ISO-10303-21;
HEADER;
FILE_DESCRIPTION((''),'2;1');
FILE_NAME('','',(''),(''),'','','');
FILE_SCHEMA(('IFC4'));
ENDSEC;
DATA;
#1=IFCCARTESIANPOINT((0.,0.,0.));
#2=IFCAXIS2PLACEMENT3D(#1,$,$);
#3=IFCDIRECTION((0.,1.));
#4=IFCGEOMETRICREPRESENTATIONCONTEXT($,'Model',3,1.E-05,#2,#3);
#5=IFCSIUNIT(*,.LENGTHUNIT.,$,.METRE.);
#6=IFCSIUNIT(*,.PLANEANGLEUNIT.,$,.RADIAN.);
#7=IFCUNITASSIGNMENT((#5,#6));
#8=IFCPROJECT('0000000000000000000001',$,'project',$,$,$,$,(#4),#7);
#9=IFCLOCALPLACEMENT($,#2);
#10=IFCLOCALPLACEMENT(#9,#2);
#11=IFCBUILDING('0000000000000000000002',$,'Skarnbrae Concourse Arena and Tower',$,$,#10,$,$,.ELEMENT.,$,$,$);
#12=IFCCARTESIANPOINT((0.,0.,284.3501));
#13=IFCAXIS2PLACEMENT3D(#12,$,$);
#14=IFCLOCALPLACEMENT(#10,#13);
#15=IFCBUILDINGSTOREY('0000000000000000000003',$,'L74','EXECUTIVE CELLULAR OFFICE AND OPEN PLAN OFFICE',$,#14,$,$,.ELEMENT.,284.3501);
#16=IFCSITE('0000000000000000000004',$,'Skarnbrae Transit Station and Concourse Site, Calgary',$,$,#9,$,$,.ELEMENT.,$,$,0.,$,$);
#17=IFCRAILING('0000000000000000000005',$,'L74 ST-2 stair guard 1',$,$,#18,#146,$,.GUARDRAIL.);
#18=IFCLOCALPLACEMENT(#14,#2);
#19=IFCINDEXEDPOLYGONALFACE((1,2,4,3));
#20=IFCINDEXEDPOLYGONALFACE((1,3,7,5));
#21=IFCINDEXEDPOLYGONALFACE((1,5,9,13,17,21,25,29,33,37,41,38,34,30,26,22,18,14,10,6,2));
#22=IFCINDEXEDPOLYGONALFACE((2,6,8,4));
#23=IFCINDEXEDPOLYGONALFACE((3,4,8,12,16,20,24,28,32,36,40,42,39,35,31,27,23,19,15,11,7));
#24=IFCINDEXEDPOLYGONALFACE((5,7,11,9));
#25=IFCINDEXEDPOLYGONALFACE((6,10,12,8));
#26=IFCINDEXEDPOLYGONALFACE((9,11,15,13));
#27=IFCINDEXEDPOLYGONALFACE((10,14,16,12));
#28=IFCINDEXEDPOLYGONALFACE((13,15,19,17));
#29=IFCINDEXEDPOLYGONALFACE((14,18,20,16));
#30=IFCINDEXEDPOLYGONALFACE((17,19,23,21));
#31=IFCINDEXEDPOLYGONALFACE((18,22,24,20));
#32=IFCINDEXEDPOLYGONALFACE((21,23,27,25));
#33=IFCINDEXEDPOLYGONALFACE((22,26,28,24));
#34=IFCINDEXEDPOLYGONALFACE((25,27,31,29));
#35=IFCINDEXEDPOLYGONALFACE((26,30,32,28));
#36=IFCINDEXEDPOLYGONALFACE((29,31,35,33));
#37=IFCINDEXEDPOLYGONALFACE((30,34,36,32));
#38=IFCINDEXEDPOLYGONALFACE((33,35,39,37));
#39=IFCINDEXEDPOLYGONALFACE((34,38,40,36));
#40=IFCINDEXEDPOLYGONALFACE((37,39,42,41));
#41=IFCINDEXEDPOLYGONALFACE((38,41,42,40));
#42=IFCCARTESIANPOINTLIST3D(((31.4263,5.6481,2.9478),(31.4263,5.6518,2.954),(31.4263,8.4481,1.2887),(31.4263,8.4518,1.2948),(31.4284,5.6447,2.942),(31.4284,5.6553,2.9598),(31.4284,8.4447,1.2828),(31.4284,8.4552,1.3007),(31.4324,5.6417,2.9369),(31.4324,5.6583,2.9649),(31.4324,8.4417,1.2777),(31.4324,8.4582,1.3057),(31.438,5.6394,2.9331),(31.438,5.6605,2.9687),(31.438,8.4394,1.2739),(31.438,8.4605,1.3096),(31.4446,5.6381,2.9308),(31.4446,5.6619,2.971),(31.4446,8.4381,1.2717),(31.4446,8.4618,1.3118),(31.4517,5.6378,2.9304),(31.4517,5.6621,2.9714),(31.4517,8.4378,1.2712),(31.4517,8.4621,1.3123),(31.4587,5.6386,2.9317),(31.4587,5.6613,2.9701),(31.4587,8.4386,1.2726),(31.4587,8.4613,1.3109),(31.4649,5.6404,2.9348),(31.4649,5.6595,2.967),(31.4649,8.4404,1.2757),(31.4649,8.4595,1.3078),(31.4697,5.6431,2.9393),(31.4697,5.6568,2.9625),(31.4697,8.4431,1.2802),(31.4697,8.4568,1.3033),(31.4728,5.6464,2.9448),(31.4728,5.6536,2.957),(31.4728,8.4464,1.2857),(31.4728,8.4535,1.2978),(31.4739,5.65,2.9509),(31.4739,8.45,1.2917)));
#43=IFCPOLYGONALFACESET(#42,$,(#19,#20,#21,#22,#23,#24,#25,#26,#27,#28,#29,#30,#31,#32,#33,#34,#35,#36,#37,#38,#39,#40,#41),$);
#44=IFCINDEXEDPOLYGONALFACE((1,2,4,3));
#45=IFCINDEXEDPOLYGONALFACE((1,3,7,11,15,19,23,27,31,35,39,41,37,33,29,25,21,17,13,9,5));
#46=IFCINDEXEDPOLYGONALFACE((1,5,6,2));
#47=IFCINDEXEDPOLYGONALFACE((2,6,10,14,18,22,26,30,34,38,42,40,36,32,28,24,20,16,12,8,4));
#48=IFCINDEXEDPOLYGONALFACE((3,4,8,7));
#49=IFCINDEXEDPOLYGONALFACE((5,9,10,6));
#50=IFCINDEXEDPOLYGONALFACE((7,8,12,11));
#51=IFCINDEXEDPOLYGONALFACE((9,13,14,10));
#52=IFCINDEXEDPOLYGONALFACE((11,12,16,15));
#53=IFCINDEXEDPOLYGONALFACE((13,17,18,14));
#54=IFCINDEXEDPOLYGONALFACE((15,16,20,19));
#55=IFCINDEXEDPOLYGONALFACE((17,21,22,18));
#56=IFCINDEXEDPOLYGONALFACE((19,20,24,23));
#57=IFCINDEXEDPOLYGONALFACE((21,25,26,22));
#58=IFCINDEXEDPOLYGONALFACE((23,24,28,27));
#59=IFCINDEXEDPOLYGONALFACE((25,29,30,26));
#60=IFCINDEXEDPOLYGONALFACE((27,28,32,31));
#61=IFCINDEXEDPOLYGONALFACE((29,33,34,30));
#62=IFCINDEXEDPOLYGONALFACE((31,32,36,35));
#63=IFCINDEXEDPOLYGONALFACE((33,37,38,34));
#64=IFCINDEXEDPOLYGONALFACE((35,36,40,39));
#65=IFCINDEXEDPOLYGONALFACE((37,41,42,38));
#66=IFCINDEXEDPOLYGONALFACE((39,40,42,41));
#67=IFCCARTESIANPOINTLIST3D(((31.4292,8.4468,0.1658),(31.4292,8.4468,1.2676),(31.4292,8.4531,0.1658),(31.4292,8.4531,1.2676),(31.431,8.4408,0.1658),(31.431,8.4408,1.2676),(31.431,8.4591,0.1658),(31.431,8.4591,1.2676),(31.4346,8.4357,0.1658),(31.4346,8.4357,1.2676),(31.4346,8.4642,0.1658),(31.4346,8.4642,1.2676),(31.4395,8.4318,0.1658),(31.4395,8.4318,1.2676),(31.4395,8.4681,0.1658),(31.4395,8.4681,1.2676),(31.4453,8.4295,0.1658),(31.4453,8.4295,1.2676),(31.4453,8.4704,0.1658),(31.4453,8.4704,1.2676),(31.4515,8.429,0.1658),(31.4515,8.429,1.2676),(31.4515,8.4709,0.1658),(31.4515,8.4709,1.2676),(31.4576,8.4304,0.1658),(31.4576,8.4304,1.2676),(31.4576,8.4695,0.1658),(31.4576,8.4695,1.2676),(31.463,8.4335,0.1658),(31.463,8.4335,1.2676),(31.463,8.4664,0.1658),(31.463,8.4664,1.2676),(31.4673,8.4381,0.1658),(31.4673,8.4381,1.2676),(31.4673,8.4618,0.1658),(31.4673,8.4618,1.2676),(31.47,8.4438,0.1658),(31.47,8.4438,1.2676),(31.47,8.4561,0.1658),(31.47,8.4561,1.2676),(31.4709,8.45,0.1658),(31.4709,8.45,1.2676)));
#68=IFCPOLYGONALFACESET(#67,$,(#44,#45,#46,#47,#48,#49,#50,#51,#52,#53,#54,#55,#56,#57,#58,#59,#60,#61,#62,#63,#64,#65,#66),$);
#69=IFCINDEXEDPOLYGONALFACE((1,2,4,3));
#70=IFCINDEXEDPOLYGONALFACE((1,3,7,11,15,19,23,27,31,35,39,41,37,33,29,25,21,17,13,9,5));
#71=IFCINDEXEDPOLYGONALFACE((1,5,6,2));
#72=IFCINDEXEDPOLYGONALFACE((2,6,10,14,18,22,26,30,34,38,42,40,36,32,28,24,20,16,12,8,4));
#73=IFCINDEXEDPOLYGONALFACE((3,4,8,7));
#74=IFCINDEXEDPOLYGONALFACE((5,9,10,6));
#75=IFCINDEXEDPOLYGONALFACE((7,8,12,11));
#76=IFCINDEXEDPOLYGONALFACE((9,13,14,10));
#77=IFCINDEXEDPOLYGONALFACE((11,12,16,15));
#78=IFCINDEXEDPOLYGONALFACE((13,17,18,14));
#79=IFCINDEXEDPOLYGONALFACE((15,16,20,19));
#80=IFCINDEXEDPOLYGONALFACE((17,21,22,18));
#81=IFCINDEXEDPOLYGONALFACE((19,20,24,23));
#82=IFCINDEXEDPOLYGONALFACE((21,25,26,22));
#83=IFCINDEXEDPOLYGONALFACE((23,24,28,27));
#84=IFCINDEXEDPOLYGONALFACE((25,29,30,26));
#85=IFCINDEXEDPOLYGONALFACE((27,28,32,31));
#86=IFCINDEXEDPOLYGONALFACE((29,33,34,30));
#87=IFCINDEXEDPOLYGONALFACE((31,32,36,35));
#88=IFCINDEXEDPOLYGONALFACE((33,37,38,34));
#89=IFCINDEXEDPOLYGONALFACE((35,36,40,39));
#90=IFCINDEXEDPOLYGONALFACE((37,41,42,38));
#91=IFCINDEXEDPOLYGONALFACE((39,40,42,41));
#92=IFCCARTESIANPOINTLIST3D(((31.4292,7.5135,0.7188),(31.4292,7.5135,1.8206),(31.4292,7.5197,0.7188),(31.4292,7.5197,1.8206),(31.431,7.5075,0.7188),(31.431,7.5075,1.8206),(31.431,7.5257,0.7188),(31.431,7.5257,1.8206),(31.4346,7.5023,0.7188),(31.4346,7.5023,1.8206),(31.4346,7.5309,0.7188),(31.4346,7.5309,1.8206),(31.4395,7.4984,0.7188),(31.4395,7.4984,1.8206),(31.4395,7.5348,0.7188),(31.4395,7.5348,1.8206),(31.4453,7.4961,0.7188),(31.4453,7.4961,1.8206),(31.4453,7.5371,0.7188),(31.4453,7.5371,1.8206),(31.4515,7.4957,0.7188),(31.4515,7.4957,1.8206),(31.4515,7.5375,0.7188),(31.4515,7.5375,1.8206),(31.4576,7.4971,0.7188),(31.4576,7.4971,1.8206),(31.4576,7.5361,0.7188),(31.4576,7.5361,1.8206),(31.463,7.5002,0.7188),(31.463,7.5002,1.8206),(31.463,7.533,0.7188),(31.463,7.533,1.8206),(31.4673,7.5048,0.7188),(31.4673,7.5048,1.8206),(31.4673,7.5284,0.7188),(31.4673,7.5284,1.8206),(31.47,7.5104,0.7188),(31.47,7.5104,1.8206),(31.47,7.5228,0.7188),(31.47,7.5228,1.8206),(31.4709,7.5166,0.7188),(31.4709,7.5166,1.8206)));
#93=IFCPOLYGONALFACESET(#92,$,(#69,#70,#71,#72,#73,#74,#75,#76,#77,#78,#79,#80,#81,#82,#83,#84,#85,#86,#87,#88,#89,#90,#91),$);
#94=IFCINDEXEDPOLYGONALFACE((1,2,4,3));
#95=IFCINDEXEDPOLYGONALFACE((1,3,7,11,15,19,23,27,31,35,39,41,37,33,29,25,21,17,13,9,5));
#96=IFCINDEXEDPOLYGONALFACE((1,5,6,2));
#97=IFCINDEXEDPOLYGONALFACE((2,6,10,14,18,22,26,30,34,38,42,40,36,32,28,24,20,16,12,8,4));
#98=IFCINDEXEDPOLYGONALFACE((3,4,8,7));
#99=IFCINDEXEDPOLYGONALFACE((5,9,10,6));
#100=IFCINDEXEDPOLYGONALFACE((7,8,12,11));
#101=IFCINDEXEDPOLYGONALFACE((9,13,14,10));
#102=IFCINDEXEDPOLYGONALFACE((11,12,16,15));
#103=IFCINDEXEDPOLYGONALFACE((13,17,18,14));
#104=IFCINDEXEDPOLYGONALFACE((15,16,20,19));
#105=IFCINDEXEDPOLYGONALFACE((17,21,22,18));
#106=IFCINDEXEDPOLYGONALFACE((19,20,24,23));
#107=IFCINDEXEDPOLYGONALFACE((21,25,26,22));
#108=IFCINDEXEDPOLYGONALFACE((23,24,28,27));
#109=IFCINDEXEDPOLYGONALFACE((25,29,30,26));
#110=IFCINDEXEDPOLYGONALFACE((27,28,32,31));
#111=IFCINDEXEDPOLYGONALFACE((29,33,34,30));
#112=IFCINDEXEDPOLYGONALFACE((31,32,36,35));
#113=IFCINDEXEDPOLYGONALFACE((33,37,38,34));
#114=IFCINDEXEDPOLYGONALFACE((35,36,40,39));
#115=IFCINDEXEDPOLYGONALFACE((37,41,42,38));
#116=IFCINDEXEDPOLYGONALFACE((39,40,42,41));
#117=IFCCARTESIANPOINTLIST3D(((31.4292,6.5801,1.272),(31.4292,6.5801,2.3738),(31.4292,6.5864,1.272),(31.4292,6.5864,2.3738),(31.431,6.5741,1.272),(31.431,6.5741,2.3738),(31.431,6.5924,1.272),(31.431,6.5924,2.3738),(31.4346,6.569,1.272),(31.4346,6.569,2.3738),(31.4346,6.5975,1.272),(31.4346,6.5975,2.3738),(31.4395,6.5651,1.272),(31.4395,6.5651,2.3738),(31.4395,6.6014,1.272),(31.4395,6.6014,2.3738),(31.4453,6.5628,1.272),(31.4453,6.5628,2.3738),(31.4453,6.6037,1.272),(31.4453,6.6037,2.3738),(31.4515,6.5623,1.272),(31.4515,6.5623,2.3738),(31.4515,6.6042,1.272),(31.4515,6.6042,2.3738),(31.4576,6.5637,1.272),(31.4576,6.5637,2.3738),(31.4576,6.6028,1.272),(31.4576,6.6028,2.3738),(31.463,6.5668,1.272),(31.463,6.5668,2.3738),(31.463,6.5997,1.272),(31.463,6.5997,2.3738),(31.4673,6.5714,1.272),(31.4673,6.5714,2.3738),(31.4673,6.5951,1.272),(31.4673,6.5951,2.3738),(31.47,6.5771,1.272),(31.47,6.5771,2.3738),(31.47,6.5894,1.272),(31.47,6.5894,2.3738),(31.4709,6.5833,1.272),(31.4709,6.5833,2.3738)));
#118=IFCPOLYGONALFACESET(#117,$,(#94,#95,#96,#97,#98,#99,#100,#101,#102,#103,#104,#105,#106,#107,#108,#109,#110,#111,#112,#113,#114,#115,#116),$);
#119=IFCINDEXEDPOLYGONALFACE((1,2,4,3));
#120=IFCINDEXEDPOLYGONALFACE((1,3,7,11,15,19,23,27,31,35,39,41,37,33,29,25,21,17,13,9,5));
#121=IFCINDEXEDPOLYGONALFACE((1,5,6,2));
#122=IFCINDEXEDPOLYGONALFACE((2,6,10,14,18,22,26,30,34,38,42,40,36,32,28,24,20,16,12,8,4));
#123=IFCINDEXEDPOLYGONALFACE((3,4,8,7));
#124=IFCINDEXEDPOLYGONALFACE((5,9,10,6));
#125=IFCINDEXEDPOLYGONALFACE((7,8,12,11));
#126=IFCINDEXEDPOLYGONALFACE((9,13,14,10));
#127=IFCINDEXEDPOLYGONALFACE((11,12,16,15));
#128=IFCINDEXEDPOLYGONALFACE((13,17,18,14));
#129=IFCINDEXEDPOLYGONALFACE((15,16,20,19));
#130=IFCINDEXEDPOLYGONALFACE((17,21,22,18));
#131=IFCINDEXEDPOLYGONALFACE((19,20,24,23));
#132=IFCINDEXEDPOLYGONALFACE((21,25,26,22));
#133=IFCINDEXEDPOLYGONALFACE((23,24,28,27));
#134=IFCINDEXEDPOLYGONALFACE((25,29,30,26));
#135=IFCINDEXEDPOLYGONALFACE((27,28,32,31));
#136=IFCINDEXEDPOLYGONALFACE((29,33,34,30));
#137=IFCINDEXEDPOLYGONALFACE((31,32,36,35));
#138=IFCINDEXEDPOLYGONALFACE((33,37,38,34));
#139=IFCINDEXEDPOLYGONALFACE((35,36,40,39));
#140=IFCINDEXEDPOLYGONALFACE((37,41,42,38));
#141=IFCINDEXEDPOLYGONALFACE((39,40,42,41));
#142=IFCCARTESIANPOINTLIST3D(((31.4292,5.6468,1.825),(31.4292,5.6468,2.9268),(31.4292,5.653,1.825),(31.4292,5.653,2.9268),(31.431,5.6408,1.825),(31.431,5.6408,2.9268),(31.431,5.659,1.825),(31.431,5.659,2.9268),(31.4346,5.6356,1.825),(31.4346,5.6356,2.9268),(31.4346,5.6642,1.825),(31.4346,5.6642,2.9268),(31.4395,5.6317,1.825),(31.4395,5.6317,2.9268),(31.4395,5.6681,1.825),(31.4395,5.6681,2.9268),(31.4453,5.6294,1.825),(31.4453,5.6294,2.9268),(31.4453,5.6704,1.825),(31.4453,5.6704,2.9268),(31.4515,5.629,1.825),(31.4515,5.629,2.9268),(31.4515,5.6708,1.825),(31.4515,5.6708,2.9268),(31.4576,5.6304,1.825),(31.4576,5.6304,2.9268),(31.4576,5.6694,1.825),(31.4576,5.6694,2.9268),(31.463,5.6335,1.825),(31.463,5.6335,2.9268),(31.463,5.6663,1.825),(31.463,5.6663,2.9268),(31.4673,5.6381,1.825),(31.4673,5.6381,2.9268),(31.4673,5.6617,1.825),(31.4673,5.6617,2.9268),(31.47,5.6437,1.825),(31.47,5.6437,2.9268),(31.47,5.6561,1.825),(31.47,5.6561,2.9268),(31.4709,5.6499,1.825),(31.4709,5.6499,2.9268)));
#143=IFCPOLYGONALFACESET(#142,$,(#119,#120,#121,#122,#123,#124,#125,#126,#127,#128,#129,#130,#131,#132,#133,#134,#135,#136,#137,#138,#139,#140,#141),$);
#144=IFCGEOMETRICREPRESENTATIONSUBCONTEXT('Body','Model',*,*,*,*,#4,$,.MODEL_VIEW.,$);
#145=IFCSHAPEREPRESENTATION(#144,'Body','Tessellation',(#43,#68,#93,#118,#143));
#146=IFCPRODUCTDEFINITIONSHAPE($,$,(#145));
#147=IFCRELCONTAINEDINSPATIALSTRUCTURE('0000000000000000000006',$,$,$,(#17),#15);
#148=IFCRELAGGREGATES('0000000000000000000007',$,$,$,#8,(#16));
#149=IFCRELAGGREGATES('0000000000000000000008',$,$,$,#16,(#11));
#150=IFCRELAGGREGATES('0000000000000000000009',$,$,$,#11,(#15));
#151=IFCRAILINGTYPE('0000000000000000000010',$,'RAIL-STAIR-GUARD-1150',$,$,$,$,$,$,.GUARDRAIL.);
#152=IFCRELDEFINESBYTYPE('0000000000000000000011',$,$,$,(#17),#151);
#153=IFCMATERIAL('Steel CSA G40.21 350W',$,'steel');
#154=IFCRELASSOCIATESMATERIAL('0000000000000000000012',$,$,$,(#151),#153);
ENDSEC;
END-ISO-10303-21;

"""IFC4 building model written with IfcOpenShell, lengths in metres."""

from ifc_helpers import new_model, si_unit, direction, frame, origin, origin_2d, place, context, subcontext, project, spatial, circle, extrude, material, type_object, element, save


model = new_model("IFC4")

# Units and contexts
model_context = context("Model", 3, precision=1e-05, world=origin(), true_north=direction((0.0, 1.0)))
body_context = subcontext(model_context, "Body", "Model", "MODEL_VIEW")
ifc_project = project(units=[si_unit("LENGTHUNIT", "METRE"), si_unit("PLANEANGLEUNIT", "RADIAN")], contexts=[model_context])

# Site, building, storey
site_placement = place(None, origin())
site = spatial("IfcSite", under=ifc_project, at=site_placement, Name="Skarnbrae Transit Station and Concourse Site, Calgary", CompositionType="ELEMENT", RefElevation=0.0)
building_placement = place(site_placement, origin())
building = spatial("IfcBuilding", under=site, at=building_placement, Name="Skarnbrae Concourse Arena and Tower", CompositionType="ELEMENT")
storey_placement = place(building_placement, frame((0.0, 0.0, 284.3501)))
storey = spatial("IfcBuildingStorey", under=building, at=storey_placement, Name="L74", Description="EXECUTIVE CELLULAR OFFICE AND OPEN PLAN OFFICE", CompositionType="ELEMENT", Elevation=284.3501)

# Shared definitions
ifc_material_1 = material(Name="Steel CSA G40.21 350W", Category="steel")

# Railing
railing_type = type_object("IfcRailingType", Name="RAIL-STAIR-GUARD-1150", PredefinedType="GUARDRAIL", material=ifc_material_1)
railing_1_placement = place(storey_placement, frame((31.45, 8.45, 0.1658)))
element("IfcRailing", 1, at=railing_1_placement, inside=storey, type_object=railing_type, Name="L74 ST-2 stair guard 1", PredefinedType="GUARDRAIL", context=body_context, shape_type="SweptSolid", body=[
    extrude(circle(Radius=0.0239, at=origin_2d()), frame((0.0, 0.0, 1.126), z_axis=(0.0, -0.860306, 0.509778), x_axis=(1.0, 0.0, 0.0)), (0.0, 0.0, 1.0), 3.2546),
    extrude(circle(Radius=0.021, at=origin_2d()), origin(), (0.0, 0.0, 1.0), 1.1018),
    extrude(circle(Radius=0.021, at=origin_2d()), frame((0.0, -0.9333, 0.553)), (0.0, 0.0, 1.0), 1.1018),
    extrude(circle(Radius=0.021, at=origin_2d()), frame((0.0, -1.8667, 1.1062)), (0.0, 0.0, 1.0), 1.1018),
    extrude(circle(Radius=0.021, at=origin_2d()), frame((0.0, -2.8, 1.6592)), (0.0, 0.0, 1.0), 1.1018),
])

save(model, "model.ifc")
